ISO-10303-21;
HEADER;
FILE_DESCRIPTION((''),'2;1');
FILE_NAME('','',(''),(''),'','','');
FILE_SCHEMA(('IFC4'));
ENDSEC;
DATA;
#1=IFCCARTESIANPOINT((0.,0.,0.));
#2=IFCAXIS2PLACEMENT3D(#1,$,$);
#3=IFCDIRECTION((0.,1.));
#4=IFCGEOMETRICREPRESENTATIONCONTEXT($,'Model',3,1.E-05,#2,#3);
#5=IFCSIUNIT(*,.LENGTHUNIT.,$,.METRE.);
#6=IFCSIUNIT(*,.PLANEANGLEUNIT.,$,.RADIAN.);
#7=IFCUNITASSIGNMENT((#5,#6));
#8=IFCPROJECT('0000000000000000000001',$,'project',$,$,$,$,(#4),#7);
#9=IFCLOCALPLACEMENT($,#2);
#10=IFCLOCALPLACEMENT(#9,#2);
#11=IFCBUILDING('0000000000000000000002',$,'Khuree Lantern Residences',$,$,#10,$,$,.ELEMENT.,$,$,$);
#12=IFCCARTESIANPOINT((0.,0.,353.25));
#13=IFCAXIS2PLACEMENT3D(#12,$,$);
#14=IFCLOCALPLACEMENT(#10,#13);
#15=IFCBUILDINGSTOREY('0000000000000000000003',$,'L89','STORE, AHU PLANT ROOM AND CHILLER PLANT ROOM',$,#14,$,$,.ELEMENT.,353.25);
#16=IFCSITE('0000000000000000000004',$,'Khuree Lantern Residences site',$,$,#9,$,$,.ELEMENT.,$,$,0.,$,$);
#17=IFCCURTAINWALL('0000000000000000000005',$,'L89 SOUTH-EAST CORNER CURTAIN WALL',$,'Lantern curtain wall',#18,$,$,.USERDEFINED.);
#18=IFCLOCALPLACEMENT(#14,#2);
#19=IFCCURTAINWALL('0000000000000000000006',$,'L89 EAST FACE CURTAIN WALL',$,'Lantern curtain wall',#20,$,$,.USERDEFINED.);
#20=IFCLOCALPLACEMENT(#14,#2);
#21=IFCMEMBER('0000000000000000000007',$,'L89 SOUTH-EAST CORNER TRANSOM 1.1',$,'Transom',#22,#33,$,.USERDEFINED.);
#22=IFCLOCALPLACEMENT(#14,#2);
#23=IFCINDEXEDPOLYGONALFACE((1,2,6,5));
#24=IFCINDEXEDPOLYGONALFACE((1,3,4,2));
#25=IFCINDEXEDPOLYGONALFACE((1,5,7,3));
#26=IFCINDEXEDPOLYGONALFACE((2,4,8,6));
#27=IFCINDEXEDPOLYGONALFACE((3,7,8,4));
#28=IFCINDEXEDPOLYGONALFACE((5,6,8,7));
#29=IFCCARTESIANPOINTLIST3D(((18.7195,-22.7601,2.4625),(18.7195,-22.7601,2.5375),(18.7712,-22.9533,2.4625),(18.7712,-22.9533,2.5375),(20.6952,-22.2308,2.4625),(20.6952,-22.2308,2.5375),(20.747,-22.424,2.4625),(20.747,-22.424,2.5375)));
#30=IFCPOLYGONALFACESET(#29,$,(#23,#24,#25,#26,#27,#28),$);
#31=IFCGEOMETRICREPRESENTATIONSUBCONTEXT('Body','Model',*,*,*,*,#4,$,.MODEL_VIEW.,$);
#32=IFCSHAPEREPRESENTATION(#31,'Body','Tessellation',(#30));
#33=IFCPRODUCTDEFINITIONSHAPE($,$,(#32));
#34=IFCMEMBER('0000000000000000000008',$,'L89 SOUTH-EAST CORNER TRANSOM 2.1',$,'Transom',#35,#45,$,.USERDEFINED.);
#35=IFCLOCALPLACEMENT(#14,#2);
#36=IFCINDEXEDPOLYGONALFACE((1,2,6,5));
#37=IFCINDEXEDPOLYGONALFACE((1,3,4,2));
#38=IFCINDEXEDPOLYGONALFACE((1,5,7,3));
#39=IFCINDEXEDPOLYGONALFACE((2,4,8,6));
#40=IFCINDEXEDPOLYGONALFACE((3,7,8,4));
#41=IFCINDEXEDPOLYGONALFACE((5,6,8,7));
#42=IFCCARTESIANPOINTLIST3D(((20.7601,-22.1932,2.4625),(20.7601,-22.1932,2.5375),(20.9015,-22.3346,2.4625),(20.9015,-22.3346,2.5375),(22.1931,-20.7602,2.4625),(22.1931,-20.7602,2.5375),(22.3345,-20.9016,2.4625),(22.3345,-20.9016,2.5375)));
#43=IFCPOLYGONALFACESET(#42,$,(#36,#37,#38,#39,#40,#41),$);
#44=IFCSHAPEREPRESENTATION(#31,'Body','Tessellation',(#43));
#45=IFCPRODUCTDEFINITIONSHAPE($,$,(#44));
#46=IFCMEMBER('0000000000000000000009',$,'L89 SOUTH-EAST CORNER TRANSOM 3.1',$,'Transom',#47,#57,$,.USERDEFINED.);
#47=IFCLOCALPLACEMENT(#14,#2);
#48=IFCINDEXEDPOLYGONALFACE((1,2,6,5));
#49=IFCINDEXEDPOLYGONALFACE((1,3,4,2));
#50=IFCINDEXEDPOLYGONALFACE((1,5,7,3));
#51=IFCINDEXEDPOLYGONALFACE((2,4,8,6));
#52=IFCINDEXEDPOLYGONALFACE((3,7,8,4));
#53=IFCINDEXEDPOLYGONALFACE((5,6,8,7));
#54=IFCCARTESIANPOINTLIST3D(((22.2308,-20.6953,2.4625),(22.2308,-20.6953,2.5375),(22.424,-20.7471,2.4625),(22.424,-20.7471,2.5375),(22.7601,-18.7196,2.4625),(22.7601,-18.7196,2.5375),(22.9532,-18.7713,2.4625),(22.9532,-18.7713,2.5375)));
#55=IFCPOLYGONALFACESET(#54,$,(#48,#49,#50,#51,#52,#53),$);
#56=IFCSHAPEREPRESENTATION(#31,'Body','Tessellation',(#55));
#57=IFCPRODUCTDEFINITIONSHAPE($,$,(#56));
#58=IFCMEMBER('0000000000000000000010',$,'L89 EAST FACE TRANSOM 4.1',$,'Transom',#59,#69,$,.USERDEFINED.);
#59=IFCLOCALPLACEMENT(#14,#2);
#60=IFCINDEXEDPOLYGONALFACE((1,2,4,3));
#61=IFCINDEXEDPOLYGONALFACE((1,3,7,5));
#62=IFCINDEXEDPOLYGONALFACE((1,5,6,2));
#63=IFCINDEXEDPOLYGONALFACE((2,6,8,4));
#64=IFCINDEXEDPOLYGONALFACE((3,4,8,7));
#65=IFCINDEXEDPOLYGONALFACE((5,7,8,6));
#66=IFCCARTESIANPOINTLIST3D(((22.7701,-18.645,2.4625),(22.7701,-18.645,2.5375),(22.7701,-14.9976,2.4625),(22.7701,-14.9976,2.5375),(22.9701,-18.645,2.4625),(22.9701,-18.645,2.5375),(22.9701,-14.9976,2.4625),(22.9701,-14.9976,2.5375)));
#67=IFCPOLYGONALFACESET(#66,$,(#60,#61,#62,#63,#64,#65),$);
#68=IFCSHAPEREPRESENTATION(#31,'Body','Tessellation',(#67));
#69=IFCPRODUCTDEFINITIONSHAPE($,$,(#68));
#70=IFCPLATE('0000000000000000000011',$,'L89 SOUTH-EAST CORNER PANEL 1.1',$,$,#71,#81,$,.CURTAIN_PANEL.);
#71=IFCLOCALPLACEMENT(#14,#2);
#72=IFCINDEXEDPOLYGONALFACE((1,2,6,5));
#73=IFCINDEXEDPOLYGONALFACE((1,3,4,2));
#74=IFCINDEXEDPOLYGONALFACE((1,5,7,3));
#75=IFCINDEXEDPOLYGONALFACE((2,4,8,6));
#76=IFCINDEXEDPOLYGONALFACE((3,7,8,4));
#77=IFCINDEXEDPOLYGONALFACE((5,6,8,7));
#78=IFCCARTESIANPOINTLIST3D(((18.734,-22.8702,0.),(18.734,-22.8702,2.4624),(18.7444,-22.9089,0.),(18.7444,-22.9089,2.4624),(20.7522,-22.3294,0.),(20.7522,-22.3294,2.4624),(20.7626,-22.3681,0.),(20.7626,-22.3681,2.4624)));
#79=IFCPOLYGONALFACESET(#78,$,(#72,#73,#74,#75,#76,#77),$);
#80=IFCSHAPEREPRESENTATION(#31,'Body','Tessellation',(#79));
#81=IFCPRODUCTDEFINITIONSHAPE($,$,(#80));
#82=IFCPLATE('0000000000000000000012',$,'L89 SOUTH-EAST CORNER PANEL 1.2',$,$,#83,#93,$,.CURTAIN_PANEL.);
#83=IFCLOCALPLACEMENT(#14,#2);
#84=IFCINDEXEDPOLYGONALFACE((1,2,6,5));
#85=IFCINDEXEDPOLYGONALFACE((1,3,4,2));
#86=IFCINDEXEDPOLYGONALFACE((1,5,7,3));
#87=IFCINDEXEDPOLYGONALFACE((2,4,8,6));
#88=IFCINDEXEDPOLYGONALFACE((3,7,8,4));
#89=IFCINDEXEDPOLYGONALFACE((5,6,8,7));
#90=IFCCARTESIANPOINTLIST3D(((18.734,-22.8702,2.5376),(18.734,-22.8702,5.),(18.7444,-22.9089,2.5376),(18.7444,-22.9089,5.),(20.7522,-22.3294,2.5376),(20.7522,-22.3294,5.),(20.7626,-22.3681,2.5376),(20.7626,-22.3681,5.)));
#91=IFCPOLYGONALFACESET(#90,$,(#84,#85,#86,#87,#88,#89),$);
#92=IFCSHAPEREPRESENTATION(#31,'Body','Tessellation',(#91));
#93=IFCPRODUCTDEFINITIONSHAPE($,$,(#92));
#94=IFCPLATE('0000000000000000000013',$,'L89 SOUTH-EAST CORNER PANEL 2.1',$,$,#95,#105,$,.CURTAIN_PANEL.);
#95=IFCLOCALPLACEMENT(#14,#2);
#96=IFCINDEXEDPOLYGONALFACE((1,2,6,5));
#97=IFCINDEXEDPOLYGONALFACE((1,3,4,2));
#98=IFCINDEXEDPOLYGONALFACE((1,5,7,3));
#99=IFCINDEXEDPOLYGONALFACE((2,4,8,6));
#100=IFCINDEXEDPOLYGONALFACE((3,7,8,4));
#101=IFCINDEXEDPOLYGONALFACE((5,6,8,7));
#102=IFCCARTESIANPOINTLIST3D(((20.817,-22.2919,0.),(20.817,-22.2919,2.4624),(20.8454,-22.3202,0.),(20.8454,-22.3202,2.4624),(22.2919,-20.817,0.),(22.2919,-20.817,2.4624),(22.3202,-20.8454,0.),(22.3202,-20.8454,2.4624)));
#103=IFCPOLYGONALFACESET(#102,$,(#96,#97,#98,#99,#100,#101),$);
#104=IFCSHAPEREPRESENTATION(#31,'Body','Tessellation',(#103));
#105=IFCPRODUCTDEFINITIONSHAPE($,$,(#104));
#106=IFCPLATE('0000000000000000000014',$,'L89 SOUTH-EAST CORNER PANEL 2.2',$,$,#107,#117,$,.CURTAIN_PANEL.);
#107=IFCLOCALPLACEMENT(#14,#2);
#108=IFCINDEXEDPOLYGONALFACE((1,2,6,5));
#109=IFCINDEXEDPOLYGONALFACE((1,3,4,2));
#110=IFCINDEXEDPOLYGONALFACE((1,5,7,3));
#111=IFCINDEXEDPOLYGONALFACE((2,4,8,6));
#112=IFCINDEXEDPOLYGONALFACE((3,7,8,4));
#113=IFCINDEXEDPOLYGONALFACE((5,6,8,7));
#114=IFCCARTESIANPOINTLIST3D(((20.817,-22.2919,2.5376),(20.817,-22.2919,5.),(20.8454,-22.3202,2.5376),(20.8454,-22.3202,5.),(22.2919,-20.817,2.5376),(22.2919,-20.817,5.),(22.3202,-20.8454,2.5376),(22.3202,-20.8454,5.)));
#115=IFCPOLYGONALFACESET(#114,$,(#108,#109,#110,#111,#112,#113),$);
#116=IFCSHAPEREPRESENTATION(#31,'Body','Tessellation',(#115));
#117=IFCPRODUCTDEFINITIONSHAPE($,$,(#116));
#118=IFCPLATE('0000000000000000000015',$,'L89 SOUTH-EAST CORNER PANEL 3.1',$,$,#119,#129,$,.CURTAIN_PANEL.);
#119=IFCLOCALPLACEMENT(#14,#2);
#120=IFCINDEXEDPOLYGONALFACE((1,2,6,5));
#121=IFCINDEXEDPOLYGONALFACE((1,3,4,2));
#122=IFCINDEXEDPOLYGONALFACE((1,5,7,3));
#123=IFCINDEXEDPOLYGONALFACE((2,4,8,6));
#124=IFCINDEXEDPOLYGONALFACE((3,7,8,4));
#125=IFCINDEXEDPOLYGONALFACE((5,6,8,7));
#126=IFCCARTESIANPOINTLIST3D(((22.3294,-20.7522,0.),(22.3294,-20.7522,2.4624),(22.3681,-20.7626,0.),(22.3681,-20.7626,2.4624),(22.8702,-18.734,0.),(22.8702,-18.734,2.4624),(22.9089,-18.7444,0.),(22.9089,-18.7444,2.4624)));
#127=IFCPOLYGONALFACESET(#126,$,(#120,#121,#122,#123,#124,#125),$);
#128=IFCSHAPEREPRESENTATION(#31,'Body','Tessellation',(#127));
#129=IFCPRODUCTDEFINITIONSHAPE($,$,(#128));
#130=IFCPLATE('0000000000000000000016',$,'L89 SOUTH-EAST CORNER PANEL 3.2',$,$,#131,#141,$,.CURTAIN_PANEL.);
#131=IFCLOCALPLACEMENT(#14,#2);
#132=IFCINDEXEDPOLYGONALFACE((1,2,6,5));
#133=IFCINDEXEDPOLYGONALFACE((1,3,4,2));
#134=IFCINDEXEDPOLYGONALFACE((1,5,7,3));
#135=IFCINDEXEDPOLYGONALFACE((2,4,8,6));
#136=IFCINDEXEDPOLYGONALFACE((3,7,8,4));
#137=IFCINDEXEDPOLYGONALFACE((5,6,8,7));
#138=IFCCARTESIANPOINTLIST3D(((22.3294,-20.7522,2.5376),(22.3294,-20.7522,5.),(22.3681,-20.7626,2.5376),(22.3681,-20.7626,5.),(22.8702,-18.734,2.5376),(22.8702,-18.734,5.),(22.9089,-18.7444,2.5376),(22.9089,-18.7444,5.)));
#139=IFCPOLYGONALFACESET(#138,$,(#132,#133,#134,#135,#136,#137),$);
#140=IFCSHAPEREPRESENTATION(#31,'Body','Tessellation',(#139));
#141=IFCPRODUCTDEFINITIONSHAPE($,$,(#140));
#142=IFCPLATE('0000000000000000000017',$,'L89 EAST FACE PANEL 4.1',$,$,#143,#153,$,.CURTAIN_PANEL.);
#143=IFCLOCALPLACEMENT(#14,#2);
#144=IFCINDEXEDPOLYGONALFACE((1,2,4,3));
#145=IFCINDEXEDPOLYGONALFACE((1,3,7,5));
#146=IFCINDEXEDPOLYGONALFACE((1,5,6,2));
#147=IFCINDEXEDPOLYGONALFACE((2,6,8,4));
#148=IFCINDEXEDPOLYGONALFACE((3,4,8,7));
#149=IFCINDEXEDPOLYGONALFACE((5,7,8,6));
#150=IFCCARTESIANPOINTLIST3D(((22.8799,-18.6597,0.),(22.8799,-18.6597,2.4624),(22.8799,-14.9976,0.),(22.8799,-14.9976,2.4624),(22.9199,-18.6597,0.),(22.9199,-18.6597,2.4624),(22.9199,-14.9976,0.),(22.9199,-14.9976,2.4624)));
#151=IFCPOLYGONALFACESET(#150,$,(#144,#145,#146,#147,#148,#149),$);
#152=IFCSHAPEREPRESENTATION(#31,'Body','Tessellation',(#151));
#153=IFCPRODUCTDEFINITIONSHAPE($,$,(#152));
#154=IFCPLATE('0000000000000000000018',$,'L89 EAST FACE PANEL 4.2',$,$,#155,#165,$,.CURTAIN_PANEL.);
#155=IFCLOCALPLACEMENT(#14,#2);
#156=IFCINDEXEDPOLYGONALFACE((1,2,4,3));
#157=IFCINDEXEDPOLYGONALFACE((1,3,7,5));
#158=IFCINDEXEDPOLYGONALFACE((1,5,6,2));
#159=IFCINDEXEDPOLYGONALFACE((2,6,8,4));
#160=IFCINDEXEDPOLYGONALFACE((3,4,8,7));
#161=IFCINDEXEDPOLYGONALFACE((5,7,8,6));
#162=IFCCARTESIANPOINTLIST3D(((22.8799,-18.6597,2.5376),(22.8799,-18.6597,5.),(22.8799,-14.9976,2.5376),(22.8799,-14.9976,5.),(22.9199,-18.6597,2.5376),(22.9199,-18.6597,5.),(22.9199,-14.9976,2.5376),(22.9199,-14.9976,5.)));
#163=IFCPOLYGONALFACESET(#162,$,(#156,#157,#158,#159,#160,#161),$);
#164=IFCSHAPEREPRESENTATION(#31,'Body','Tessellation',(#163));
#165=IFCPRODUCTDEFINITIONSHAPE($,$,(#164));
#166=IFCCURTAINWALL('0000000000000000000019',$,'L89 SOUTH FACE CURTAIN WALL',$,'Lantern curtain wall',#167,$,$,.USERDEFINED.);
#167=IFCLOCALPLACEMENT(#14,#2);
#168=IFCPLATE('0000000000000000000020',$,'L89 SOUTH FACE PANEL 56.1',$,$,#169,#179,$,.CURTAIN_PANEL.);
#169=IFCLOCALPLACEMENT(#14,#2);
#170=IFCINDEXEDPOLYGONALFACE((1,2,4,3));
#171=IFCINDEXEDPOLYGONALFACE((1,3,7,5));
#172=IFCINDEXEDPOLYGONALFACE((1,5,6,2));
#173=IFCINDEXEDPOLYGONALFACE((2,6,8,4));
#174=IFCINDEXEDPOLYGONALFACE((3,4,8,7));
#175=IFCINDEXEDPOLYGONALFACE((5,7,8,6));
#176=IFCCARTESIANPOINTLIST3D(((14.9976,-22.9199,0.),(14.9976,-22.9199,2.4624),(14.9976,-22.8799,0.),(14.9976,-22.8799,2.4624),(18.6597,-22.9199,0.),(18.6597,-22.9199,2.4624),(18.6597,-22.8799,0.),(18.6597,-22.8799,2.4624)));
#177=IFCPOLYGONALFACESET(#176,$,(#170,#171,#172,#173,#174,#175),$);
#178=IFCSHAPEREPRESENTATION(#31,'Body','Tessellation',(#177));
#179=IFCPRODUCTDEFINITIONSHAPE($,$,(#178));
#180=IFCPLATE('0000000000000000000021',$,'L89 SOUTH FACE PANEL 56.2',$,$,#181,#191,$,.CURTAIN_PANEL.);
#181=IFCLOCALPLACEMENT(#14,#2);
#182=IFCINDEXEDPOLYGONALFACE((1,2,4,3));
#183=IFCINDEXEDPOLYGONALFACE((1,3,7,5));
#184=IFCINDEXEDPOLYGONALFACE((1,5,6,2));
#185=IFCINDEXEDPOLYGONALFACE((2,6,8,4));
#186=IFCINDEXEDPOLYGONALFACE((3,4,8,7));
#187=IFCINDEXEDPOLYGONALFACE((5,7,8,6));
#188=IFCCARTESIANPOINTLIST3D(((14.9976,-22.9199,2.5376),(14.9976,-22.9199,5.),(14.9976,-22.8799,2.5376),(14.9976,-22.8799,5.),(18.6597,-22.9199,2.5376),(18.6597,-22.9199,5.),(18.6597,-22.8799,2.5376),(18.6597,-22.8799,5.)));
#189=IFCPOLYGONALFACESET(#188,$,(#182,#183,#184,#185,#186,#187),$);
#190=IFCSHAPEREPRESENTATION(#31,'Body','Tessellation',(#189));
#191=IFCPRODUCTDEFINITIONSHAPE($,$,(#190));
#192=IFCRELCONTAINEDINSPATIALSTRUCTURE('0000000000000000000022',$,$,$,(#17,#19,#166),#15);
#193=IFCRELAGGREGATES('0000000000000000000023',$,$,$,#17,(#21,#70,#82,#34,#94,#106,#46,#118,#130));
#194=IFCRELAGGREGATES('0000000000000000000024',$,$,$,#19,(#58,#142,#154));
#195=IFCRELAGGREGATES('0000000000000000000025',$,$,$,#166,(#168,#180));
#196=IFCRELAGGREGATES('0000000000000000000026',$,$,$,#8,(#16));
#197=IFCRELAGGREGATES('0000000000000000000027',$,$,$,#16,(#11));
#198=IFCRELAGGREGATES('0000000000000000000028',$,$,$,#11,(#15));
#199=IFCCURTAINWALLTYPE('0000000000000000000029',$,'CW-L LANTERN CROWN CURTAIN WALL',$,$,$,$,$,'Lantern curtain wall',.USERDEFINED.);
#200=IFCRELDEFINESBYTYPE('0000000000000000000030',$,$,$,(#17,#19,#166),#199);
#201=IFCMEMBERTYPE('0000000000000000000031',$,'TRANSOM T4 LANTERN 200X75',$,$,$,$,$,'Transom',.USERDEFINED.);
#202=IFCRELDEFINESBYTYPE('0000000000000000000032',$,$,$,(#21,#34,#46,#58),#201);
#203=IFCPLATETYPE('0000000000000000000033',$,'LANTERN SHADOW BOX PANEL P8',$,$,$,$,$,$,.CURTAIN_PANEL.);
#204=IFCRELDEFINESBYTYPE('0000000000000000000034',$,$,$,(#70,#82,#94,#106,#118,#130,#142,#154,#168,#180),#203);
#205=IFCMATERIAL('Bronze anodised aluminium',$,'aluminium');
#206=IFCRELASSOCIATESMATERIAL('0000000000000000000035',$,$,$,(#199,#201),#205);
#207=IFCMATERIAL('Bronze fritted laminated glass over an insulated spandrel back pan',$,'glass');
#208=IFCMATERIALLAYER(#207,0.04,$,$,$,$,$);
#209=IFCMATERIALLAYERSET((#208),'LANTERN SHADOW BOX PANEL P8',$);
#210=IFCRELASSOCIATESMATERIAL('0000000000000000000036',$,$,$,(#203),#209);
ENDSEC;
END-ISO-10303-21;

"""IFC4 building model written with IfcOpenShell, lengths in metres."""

from ifc_helpers import new_model, si_unit, direction, frame, origin, origin_2d, place, context, subcontext, project, spatial, rectangle, extrude, material, layer, layer_set, material_profile, profile_set, type_object, element, aggregate, save


model = new_model("IFC4")

# Units and contexts
model_context = context("Model", 3, precision=1e-05, world=origin(), true_north=direction((0.0, 1.0)))
body_context = subcontext(model_context, "Body", "Model", "MODEL_VIEW")
ifc_project = project(units=[si_unit("LENGTHUNIT", "METRE"), si_unit("PLANEANGLEUNIT", "RADIAN")], contexts=[model_context])

# Site, building, storey
site_placement = place(None, origin())
site = spatial("IfcSite", under=ifc_project, at=site_placement, Name="Khuree Lantern Residences site", CompositionType="ELEMENT", RefElevation=0.0)
building_placement = place(site_placement, origin())
building = spatial("IfcBuilding", under=site, at=building_placement, Name="Khuree Lantern Residences", CompositionType="ELEMENT")
storey_placement = place(building_placement, frame((0.0, 0.0, 353.25)))
storey = spatial("IfcBuildingStorey", under=building, at=storey_placement, Name="L89", Description="STORE, AHU PLANT ROOM AND CHILLER PLANT ROOM", CompositionType="ELEMENT", Elevation=353.25)

# Curtain wall
ifc_material_1 = material(Name="Bronze anodised aluminium", Category="aluminium")
curtain_wall_type = type_object("IfcCurtainWallType", Name="CW-L LANTERN CROWN CURTAIN WALL", ElementType="Lantern curtain wall", PredefinedType="USERDEFINED", material=ifc_material_1)
curtain_wall_1_placement = place(storey_placement, origin())
curtain_wall_1 = element("IfcCurtainWall", 1, at=curtain_wall_1_placement, inside=storey, type_object=curtain_wall_type, Name="L89 SOUTH-EAST CORNER CURTAIN WALL", ObjectType="Lantern curtain wall", PredefinedType="USERDEFINED")

# Curtain wall
curtain_wall_2_placement = place(storey_placement, origin())
curtain_wall_2 = element("IfcCurtainWall", 2, at=curtain_wall_2_placement, inside=storey, type_object=curtain_wall_type, Name="L89 EAST FACE CURTAIN WALL", ObjectType="Lantern curtain wall", PredefinedType="USERDEFINED")

# Members
ifc_material_profile_1 = material_profile(ifc_material_1, rectangle(XDim=0.2, YDim=0.075, at=origin_2d()), Name="T4 200X75")
ifc_profile_set_1 = profile_set([ifc_material_profile_1], Name="Bronze anodised aluminium")
member_type_1 = type_object("IfcMemberType", Name="TRANSOM T4 LANTERN 200X75", ElementType="Transom", PredefinedType="USERDEFINED", material=ifc_profile_set_1)
member_1_placement = place(storey_placement, frame((18.7454, -22.8567, 2.5), z_axis=(0.965941, 0.258762, 0.0), x_axis=(-0.258762, 0.965941, 0.0)))
member_1 = element("IfcMember", 3, at=member_1_placement, type_object=member_type_1, Name="L89 SOUTH-EAST CORNER TRANSOM 1.1", ObjectType="Transom", PredefinedType="USERDEFINED", context=body_context, shape_type="SweptSolid", body=[
    extrude(rectangle(XDim=0.2, YDim=0.075, at=origin_2d()), origin(), (0.0, 0.0, 1.0), 2.0454),
])
member_2_placement = place(storey_placement, frame((20.8308, -22.2639, 2.5), z_axis=(0.707107, 0.707107, 0.0), x_axis=(-0.707107, 0.707107, 0.0)))
member_2 = element("IfcMember", 4, at=member_2_placement, type_object=member_type_1, Name="L89 SOUTH-EAST CORNER TRANSOM 2.1", ObjectType="Transom", PredefinedType="USERDEFINED", context=body_context, shape_type="SweptSolid", body=[
    extrude(rectangle(XDim=0.2, YDim=0.075, at=origin_2d()), origin(), (0.0, 0.0, 1.0), 2.0266),
])
member_3_placement = place(storey_placement, frame((22.3274, -20.7212, 2.5), z_axis=(0.258762, 0.965941, 0.0), x_axis=(-0.965941, 0.258762, 0.0)))
member_3 = element("IfcMember", 5, at=member_3_placement, type_object=member_type_1, Name="L89 SOUTH-EAST CORNER TRANSOM 3.1", ObjectType="Transom", PredefinedType="USERDEFINED", context=body_context, shape_type="SweptSolid", body=[
    extrude(rectangle(XDim=0.2, YDim=0.075, at=origin_2d()), origin(), (0.0, 0.0, 1.0), 2.0454),
])
member_4_placement = place(storey_placement, frame((22.8701, -18.645, 2.5), z_axis=(0.0, 1.0, 0.0), x_axis=(-1.0, 0.0, 0.0)))
member_4 = element("IfcMember", 6, at=member_4_placement, type_object=member_type_1, Name="L89 EAST FACE TRANSOM 4.1", ObjectType="Transom", PredefinedType="USERDEFINED", context=body_context, shape_type="SweptSolid", body=[
    extrude(rectangle(XDim=0.2, YDim=0.075, at=origin_2d()), origin(), (0.0, 0.0, 1.0), 3.6475),
])

# Plates
ifc_material_2 = material(Name="Bronze fritted laminated glass over an insulated spandrel back pan", Category="glass")
ifc_layer = layer(ifc_material_2, 0.04)
ifc_layer_set = layer_set([ifc_layer], Name="LANTERN SHADOW BOX PANEL P8")
plate_type = type_object("IfcPlateType", Name="LANTERN SHADOW BOX PANEL P8", PredefinedType="CURTAIN_PANEL", material=ifc_layer_set)
plate_1_placement = place(storey_placement, frame((19.7483, -22.6191, 0.0), z_axis=(0.0, 0.0, 1.0), x_axis=(0.965926, 0.258819, 0.0)))
plate_1 = element("IfcPlate", 7, at=plate_1_placement, type_object=plate_type, Name="L89 SOUTH-EAST CORNER PANEL 1.1", PredefinedType="CURTAIN_PANEL", context=body_context, shape_type="SweptSolid", body=[
    extrude(rectangle(XDim=2.0894, YDim=0.04, at=origin_2d()), origin(), (0.0, 0.0, 1.0), 2.4624),
])
plate_2_placement = place(storey_placement, frame((19.7483, -22.6191, 2.5376), z_axis=(0.0, 0.0, 1.0), x_axis=(0.965926, 0.258819, 0.0)))
plate_2 = element("IfcPlate", 8, at=plate_2_placement, type_object=plate_type, Name="L89 SOUTH-EAST CORNER PANEL 1.2", PredefinedType="CURTAIN_PANEL", context=body_context, shape_type="SweptSolid", body=[
    extrude(rectangle(XDim=2.0894, YDim=0.04, at=origin_2d()), origin(), (0.0, 0.0, 1.0), 2.4624),
])
plate_3_placement = place(storey_placement, frame((21.5686, -21.5686, 0.0), z_axis=(0.0, 0.0, 1.0), x_axis=(0.707107, 0.707107, 0.0)))
plate_3 = element("IfcPlate", 9, at=plate_3_placement, type_object=plate_type, Name="L89 SOUTH-EAST CORNER PANEL 2.1", PredefinedType="CURTAIN_PANEL", context=body_context, shape_type="SweptSolid", body=[
    extrude(rectangle(XDim=2.0857, YDim=0.04, at=origin_2d()), origin(), (0.0, 0.0, 1.0), 2.4624),
])
plate_4_placement = place(storey_placement, frame((21.5686, -21.5686, 2.5376), z_axis=(0.0, 0.0, 1.0), x_axis=(0.707107, 0.707107, 0.0)))
plate_4 = element("IfcPlate", 10, at=plate_4_placement, type_object=plate_type, Name="L89 SOUTH-EAST CORNER PANEL 2.2", PredefinedType="CURTAIN_PANEL", context=body_context, shape_type="SweptSolid", body=[
    extrude(rectangle(XDim=2.0857, YDim=0.04, at=origin_2d()), origin(), (0.0, 0.0, 1.0), 2.4624),
])
plate_5_placement = place(storey_placement, frame((22.6191, -19.7483, 0.0), z_axis=(0.0, 0.0, 1.0), x_axis=(0.258819, 0.965926, 0.0)))
plate_5 = element("IfcPlate", 11, at=plate_5_placement, type_object=plate_type, Name="L89 SOUTH-EAST CORNER PANEL 3.1", PredefinedType="CURTAIN_PANEL", context=body_context, shape_type="SweptSolid", body=[
    extrude(rectangle(XDim=2.0894, YDim=0.04, at=origin_2d()), origin(), (0.0, 0.0, 1.0), 2.4624),
])
plate_6_placement = place(storey_placement, frame((22.6191, -19.7483, 2.5376), z_axis=(0.0, 0.0, 1.0), x_axis=(0.258819, 0.965926, 0.0)))
plate_6 = element("IfcPlate", 12, at=plate_6_placement, type_object=plate_type, Name="L89 SOUTH-EAST CORNER PANEL 3.2", PredefinedType="CURTAIN_PANEL", context=body_context, shape_type="SweptSolid", body=[
    extrude(rectangle(XDim=2.0894, YDim=0.04, at=origin_2d()), origin(), (0.0, 0.0, 1.0), 2.4624),
])
aggregate(curtain_wall_1, [member_1, plate_1, plate_2, member_2, plate_3, plate_4, member_3, plate_5, plate_6])
plate_7_placement = place(storey_placement, frame((22.8999, -16.8286, 0.0), z_axis=(0.0, 0.0, 1.0), x_axis=(0.0, 1.0, 0.0)))
plate_7 = element("IfcPlate", 13, at=plate_7_placement, type_object=plate_type, Name="L89 EAST FACE PANEL 4.1", PredefinedType="CURTAIN_PANEL", context=body_context, shape_type="SweptSolid", body=[
    extrude(rectangle(XDim=3.6621, YDim=0.04, at=origin_2d()), origin(), (0.0, 0.0, 1.0), 2.4624),
])
plate_8_placement = place(storey_placement, frame((22.8999, -16.8286, 2.5376), z_axis=(0.0, 0.0, 1.0), x_axis=(0.0, 1.0, 0.0)))
plate_8 = element("IfcPlate", 14, at=plate_8_placement, type_object=plate_type, Name="L89 EAST FACE PANEL 4.2", PredefinedType="CURTAIN_PANEL", context=body_context, shape_type="SweptSolid", body=[
    extrude(rectangle(XDim=3.6621, YDim=0.04, at=origin_2d()), origin(), (0.0, 0.0, 1.0), 2.4624),
])
aggregate(curtain_wall_2, [member_4, plate_7, plate_8])

# Curtain wall, plates
curtain_wall_3_placement = place(storey_placement, origin())
curtain_wall_3 = element("IfcCurtainWall", 15, at=curtain_wall_3_placement, inside=storey, type_object=curtain_wall_type, Name="L89 SOUTH FACE CURTAIN WALL", ObjectType="Lantern curtain wall", PredefinedType="USERDEFINED")
plate_9_placement = place(storey_placement, frame((16.8286, -22.8999, 0.0), z_axis=(0.0, 0.0, 1.0), x_axis=(1.0, 0.0, 0.0)))
plate_9 = element("IfcPlate", 16, at=plate_9_placement, type_object=plate_type, Name="L89 SOUTH FACE PANEL 56.1", PredefinedType="CURTAIN_PANEL", context=body_context, shape_type="SweptSolid", body=[
    extrude(rectangle(XDim=3.6621, YDim=0.04, at=origin_2d()), origin(), (0.0, 0.0, 1.0), 2.4624),
])
plate_10_placement = place(storey_placement, frame((16.8286, -22.8999, 2.5376), z_axis=(0.0, 0.0, 1.0), x_axis=(1.0, 0.0, 0.0)))
plate_10 = element("IfcPlate", 17, at=plate_10_placement, type_object=plate_type, Name="L89 SOUTH FACE PANEL 56.2", PredefinedType="CURTAIN_PANEL", context=body_context, shape_type="SweptSolid", body=[
    extrude(rectangle(XDim=3.6621, YDim=0.04, at=origin_2d()), origin(), (0.0, 0.0, 1.0), 2.4624),
])
aggregate(curtain_wall_3, [plate_9, plate_10])

save(model, "model.ifc")
